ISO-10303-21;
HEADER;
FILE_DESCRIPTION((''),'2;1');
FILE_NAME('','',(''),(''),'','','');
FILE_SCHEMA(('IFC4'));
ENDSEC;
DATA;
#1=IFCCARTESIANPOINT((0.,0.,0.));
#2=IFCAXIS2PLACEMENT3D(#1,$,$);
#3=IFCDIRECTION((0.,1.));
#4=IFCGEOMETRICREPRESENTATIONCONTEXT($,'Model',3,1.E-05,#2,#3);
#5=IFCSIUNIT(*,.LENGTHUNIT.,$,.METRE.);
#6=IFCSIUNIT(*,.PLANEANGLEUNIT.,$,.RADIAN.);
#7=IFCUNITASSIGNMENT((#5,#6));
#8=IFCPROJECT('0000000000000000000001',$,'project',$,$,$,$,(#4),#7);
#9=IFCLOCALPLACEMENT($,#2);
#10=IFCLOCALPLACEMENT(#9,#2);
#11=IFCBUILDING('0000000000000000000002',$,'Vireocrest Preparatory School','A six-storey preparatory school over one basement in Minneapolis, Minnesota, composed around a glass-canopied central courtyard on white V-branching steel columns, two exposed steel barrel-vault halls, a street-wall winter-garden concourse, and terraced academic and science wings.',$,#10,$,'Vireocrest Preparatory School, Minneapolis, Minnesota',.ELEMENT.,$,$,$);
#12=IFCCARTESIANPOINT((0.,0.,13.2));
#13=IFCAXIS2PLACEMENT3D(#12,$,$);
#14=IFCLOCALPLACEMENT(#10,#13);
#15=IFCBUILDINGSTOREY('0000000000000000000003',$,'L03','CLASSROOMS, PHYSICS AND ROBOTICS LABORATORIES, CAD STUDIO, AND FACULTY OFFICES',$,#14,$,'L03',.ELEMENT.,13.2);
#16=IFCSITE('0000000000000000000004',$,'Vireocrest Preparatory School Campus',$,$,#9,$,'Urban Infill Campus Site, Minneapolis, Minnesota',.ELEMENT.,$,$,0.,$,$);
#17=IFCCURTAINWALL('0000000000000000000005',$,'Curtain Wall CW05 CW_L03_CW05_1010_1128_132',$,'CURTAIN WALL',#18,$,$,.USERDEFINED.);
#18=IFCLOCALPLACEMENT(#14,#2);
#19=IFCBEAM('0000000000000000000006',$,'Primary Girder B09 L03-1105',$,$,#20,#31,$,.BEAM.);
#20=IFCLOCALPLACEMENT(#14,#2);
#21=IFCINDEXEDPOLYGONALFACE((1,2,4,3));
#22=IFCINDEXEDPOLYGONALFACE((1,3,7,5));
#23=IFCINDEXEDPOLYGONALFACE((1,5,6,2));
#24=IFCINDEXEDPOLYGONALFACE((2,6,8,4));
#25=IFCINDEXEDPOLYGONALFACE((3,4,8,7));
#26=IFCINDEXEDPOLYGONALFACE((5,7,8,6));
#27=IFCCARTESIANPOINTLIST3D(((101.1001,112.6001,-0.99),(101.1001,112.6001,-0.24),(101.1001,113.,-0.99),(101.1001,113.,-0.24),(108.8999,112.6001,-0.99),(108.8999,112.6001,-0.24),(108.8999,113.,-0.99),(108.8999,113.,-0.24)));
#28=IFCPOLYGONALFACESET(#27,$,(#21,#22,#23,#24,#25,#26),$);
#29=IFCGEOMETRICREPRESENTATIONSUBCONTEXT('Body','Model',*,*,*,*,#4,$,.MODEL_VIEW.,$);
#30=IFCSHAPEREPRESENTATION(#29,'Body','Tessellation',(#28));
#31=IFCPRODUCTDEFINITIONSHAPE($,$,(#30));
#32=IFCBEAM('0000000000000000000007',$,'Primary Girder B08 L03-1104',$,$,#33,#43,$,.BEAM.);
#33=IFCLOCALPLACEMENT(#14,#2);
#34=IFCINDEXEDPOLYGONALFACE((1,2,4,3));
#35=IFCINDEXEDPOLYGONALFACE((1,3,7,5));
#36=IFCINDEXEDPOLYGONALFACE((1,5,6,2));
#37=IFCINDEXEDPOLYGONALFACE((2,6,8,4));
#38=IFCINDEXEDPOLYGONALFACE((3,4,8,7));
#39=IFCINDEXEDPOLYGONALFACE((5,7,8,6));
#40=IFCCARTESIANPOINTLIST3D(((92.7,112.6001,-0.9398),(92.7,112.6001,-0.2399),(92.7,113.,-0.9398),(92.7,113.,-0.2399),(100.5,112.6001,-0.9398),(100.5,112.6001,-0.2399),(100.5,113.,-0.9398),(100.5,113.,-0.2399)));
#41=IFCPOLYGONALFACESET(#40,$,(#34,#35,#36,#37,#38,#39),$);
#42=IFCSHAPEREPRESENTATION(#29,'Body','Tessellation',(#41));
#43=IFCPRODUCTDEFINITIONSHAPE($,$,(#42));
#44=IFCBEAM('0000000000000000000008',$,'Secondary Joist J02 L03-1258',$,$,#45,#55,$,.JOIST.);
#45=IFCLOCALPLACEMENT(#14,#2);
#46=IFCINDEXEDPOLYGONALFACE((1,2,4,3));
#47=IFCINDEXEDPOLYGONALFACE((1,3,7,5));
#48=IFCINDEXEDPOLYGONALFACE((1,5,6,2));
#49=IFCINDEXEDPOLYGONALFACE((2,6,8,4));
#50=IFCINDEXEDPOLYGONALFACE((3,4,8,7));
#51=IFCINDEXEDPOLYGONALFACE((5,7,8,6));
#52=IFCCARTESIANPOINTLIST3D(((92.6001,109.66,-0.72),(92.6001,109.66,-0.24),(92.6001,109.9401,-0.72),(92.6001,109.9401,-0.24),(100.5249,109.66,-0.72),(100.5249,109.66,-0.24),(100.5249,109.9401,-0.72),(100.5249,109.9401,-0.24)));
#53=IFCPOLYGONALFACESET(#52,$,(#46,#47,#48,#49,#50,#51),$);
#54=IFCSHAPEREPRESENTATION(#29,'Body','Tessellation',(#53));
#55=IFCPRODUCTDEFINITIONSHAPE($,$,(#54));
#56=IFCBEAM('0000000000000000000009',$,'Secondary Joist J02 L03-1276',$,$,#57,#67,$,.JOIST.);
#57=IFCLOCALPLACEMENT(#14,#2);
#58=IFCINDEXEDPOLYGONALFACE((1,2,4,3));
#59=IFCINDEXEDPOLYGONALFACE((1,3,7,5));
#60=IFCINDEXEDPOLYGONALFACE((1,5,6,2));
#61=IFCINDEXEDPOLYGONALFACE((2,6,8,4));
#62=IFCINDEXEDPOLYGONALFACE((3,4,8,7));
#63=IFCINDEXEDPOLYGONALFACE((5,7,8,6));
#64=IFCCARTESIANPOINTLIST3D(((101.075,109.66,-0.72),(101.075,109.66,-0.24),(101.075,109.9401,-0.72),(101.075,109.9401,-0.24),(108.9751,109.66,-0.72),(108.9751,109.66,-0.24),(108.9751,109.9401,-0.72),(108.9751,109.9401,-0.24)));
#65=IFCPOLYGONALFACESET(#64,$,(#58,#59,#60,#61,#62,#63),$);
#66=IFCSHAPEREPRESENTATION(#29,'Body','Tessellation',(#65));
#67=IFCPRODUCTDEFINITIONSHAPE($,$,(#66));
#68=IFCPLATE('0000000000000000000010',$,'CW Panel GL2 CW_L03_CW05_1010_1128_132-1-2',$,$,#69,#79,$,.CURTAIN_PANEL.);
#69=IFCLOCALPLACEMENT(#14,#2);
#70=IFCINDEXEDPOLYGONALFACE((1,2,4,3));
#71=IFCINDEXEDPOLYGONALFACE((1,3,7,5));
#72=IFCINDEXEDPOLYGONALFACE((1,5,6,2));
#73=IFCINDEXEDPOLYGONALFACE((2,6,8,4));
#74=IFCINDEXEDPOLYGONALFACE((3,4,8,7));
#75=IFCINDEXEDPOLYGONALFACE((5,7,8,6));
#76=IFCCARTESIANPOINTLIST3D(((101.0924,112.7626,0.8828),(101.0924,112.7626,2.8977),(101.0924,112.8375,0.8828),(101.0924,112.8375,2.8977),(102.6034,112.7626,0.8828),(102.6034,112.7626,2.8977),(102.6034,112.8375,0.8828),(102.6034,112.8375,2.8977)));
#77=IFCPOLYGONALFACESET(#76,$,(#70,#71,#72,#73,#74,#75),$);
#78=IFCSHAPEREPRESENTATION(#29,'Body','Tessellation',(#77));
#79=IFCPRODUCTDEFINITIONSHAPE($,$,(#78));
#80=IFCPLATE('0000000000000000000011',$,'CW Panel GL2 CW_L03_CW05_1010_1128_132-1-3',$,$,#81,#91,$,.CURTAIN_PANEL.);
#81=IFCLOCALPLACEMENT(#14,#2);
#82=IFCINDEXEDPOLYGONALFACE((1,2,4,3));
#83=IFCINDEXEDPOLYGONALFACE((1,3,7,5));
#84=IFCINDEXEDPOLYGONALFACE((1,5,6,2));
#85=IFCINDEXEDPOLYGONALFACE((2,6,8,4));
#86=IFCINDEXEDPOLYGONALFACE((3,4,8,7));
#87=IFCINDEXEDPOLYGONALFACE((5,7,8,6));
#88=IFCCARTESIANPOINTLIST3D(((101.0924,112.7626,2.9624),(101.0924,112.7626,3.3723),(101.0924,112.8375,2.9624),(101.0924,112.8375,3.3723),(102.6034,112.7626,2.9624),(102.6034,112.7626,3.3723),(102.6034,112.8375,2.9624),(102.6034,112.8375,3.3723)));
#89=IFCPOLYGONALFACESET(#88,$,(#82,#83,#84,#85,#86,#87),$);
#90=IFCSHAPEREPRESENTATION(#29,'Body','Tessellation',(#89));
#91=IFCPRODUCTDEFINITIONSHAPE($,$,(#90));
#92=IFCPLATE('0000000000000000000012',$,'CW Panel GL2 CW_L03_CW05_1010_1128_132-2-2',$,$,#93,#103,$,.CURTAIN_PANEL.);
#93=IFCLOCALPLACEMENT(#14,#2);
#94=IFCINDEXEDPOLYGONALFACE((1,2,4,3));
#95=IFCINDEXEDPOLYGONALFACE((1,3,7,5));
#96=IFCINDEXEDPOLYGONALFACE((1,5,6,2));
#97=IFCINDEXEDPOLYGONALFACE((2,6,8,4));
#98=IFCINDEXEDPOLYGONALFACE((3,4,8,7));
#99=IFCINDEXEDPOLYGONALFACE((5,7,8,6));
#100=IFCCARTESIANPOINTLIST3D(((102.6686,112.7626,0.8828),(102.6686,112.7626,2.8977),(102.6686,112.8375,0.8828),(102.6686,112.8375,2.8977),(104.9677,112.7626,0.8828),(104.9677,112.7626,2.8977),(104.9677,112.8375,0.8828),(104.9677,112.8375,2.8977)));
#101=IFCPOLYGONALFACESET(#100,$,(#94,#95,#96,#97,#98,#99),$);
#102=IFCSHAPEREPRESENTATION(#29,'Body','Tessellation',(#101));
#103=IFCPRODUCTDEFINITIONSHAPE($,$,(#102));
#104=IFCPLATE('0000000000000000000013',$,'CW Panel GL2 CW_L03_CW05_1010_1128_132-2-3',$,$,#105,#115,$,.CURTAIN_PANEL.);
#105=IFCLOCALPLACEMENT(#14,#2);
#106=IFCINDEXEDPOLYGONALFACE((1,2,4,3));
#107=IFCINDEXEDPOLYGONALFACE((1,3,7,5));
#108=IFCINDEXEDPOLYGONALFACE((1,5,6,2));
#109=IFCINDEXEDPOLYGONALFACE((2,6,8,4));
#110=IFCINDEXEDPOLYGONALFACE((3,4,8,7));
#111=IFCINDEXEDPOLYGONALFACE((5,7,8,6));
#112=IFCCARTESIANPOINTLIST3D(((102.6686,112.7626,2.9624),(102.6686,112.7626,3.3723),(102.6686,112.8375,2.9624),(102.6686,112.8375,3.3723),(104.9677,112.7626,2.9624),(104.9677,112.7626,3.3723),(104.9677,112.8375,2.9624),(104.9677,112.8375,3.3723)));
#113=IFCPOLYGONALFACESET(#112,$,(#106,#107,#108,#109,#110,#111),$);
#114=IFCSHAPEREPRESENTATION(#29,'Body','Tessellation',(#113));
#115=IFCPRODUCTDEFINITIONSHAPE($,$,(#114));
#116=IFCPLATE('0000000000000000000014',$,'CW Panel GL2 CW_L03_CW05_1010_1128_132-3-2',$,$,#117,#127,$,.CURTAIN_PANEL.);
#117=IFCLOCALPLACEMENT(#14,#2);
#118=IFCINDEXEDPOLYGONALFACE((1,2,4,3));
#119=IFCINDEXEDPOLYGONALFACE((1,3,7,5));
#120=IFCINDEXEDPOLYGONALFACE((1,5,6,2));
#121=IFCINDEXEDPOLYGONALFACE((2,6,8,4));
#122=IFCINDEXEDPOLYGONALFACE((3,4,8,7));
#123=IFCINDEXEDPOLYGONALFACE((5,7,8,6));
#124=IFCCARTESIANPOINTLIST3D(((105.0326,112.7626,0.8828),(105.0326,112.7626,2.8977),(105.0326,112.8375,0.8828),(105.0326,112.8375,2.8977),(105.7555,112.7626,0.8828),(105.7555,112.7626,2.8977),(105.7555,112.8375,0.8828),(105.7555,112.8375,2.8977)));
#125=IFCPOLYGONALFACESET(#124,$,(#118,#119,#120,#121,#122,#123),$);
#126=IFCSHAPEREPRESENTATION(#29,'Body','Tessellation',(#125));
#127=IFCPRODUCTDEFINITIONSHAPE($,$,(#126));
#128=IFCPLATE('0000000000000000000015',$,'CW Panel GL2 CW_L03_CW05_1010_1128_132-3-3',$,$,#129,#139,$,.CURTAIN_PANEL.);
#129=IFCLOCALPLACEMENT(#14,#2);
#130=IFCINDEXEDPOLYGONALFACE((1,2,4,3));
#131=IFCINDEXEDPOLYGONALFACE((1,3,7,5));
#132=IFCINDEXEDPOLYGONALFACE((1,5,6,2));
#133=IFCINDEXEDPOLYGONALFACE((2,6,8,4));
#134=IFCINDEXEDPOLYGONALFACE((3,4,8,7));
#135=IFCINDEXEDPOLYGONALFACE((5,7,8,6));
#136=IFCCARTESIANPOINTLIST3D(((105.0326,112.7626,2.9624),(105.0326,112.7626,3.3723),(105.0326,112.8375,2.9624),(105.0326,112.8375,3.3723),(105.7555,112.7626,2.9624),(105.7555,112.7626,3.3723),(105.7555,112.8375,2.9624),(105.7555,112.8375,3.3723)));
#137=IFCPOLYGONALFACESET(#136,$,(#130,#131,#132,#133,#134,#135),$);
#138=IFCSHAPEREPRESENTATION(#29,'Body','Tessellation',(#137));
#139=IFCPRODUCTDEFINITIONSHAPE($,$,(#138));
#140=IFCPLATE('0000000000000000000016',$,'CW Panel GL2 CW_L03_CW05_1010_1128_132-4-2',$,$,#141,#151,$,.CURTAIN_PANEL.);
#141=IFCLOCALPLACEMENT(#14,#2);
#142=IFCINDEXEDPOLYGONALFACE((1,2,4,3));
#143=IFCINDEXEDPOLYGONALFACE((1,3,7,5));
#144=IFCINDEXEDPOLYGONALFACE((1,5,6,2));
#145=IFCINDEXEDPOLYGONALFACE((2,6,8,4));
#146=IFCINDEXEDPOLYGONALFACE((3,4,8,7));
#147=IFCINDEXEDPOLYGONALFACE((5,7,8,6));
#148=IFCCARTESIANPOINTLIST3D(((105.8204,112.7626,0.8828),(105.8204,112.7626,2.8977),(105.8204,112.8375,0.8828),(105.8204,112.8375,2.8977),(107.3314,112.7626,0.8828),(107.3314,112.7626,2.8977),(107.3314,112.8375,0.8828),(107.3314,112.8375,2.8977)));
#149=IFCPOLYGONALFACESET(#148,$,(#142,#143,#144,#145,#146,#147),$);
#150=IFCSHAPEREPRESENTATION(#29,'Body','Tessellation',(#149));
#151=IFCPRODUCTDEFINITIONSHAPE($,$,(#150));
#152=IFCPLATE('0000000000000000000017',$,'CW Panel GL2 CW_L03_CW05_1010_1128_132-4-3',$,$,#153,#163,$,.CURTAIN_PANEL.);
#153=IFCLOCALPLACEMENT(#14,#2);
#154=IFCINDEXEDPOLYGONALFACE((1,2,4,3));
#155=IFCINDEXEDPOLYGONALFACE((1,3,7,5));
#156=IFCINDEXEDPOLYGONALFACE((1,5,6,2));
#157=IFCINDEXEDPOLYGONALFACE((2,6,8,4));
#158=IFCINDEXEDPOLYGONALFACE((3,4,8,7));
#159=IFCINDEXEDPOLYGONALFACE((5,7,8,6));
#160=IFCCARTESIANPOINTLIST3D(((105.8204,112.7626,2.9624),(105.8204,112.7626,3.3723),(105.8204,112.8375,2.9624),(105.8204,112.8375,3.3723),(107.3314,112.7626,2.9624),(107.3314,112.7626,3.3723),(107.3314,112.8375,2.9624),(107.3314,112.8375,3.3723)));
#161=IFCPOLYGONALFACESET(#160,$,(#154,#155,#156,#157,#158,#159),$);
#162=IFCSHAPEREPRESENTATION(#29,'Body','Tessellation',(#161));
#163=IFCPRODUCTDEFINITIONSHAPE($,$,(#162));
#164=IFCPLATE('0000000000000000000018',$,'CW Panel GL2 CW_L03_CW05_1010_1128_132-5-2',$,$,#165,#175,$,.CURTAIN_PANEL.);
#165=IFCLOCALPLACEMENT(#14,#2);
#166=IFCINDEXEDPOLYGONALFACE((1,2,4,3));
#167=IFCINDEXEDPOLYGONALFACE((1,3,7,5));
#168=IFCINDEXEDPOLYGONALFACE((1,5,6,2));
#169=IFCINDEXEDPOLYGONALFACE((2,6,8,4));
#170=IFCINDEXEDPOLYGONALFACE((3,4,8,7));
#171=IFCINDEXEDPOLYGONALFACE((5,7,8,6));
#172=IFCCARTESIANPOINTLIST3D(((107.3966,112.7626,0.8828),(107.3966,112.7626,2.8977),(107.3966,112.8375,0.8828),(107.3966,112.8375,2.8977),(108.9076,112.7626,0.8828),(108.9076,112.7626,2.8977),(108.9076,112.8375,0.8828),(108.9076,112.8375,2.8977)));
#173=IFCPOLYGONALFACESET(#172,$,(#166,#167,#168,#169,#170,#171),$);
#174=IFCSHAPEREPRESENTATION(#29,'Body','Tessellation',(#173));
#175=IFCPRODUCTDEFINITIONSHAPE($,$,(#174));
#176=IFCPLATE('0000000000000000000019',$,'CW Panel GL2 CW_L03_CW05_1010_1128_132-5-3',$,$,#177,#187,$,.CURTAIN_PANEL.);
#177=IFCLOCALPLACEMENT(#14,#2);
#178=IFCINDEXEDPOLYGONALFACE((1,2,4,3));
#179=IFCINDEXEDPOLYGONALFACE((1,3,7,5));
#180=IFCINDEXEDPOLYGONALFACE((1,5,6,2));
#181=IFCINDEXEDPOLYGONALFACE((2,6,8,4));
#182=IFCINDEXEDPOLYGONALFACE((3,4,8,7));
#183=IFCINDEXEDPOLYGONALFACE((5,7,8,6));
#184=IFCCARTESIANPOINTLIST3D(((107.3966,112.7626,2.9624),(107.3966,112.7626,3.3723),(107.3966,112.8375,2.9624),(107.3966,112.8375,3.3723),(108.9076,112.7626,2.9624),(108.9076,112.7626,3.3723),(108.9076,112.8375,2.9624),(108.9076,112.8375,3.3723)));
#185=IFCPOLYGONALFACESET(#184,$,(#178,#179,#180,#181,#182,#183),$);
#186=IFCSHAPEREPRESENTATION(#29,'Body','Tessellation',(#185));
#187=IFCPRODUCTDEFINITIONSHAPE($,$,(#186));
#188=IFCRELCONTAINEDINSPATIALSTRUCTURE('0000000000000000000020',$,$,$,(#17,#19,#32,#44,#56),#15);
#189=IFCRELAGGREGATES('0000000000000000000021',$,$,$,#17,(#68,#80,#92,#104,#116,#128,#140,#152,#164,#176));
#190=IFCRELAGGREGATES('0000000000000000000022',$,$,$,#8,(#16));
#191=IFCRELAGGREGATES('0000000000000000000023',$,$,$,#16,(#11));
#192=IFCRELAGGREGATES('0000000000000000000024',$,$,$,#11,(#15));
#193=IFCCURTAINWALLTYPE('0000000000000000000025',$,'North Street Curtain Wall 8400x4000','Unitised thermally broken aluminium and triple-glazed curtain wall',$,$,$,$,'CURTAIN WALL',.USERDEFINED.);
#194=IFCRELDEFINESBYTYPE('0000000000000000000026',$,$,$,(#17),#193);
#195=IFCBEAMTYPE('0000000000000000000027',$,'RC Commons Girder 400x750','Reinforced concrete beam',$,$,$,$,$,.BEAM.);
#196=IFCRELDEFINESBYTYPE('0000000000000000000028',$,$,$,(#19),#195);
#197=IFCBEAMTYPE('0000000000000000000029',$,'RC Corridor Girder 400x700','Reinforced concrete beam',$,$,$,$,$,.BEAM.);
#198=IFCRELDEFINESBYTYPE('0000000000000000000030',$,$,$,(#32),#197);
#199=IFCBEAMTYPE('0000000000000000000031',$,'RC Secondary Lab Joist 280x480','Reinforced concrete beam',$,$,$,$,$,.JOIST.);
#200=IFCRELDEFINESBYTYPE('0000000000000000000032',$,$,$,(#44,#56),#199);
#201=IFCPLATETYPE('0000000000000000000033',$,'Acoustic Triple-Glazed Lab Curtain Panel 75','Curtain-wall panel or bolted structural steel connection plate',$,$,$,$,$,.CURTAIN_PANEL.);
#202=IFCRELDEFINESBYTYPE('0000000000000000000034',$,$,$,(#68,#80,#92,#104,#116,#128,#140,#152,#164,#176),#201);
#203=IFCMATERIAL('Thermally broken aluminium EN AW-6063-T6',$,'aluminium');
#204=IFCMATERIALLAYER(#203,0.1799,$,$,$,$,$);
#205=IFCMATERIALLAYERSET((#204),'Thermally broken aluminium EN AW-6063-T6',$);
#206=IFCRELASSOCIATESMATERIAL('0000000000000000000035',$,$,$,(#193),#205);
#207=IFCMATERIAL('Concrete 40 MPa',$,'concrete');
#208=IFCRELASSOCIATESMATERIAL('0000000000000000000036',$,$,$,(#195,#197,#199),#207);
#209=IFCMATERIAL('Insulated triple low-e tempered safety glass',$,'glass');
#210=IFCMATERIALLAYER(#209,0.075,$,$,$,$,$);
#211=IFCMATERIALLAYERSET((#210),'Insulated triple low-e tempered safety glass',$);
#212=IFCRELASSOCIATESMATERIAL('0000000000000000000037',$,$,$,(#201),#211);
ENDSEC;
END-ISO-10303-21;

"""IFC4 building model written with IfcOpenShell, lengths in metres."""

from ifc_helpers import new_model, si_unit, direction, frame, origin, origin_2d, place, context, subcontext, project, spatial, rectangle, extrude, material, layer, layer_set, material_profile, profile_set, type_object, element, aggregate, save


model = new_model("IFC4")

# Units and contexts
model_context = context("Model", 3, precision=1e-05, world=origin(), true_north=direction((0.0, 1.0)))
body_context = subcontext(model_context, "Body", "Model", "MODEL_VIEW")
ifc_project = project(units=[si_unit("LENGTHUNIT", "METRE"), si_unit("PLANEANGLEUNIT", "RADIAN")], contexts=[model_context])

# Site, building, storey
site_placement = place(None, origin())
site = spatial("IfcSite", under=ifc_project, at=site_placement, Name="Vireocrest Preparatory School Campus", LongName="Urban Infill Campus Site, Minneapolis, Minnesota", CompositionType="ELEMENT", RefElevation=0.0)
building_placement = place(site_placement, origin())
building = spatial("IfcBuilding", under=site, at=building_placement, Name="Vireocrest Preparatory School", Description="A six-storey preparatory school over one basement in Minneapolis, Minnesota, composed around a glass-canopied central courtyard on white V-branching steel columns, two exposed steel barrel-vault halls, a street-wall winter-garden concourse, and terraced academic and science wings.", LongName="Vireocrest Preparatory School, Minneapolis, Minnesota", CompositionType="ELEMENT")
storey_placement = place(building_placement, frame((0.0, 0.0, 13.2)))
storey = spatial("IfcBuildingStorey", under=building, at=storey_placement, Name="L03", Description="CLASSROOMS, PHYSICS AND ROBOTICS LABORATORIES, CAD STUDIO, AND FACULTY OFFICES", LongName="L03", CompositionType="ELEMENT", Elevation=13.2)

# Curtain wall
ifc_material_1 = material(Name="Thermally broken aluminium EN AW-6063-T6", Category="aluminium")
ifc_layer_1 = layer(ifc_material_1, 0.1799)
ifc_layer_set_1 = layer_set([ifc_layer_1], Name="Thermally broken aluminium EN AW-6063-T6")
curtain_wall_type = type_object("IfcCurtainWallType", Name="North Street Curtain Wall 8400x4000", Description="Unitised thermally broken aluminium and triple-glazed curtain wall", ElementType="CURTAIN WALL", PredefinedType="USERDEFINED", material=ifc_layer_set_1)
curtain_wall_placement = place(storey_placement, origin())
curtain_wall = element("IfcCurtainWall", 1, at=curtain_wall_placement, inside=storey, type_object=curtain_wall_type, Name="Curtain Wall CW05 CW_L03_CW05_1010_1128_132", ObjectType="CURTAIN WALL", PredefinedType="USERDEFINED")

# Beams
ifc_material_2 = material(Name="Concrete 40 MPa", Category="concrete")
ifc_material_profile_1 = material_profile(ifc_material_2, rectangle(XDim=0.3999, YDim=0.75, at=origin_2d()), Name="RC 400x750")
ifc_profile_set_1 = profile_set([ifc_material_profile_1], Name="Concrete 40 MPa")
beam_type_1 = type_object("IfcBeamType", Name="RC Commons Girder 400x750", Description="Reinforced concrete beam", PredefinedType="BEAM", material=ifc_profile_set_1)
beam_1_placement = place(storey_placement, frame((101.1001, 112.8, -0.615), z_axis=(1.0, 0.0, 0.0), x_axis=(0.0, 1.0, 0.0)))
element("IfcBeam", 2, at=beam_1_placement, inside=storey, type_object=beam_type_1, Name="Primary Girder B09 L03-1105", PredefinedType="BEAM", context=body_context, shape_type="SweptSolid", body=[
    extrude(rectangle(XDim=0.3999, YDim=0.75, at=origin_2d()), origin(), (0.0, 0.0, 1.0), 7.7998),
])
ifc_material_profile_2 = material_profile(ifc_material_2, rectangle(XDim=0.3999, YDim=0.7, at=origin_2d()), Name="RC 400x700")
ifc_profile_set_2 = profile_set([ifc_material_profile_2], Name="Concrete 40 MPa")
beam_type_2 = type_object("IfcBeamType", Name="RC Corridor Girder 400x700", Description="Reinforced concrete beam", PredefinedType="BEAM", material=ifc_profile_set_2)
beam_2_placement = place(storey_placement, frame((92.7, 112.8, -0.5898), z_axis=(1.0, 0.0, 0.0), x_axis=(0.0, 1.0, 0.0)))
element("IfcBeam", 3, at=beam_2_placement, inside=storey, type_object=beam_type_2, Name="Primary Girder B08 L03-1104", PredefinedType="BEAM", context=body_context, shape_type="SweptSolid", body=[
    extrude(rectangle(XDim=0.3999, YDim=0.7, at=origin_2d()), origin(), (0.0, 0.0, 1.0), 7.8),
])
ifc_material_profile_3 = material_profile(ifc_material_2, rectangle(XDim=0.28, YDim=0.48, at=origin_2d()), Name="RC 280x480")
ifc_profile_set_3 = profile_set([ifc_material_profile_3], Name="Concrete 40 MPa")
beam_type_3 = type_object("IfcBeamType", Name="RC Secondary Lab Joist 280x480", Description="Reinforced concrete beam", PredefinedType="JOIST", material=ifc_profile_set_3)
beam_3_placement = place(storey_placement, frame((92.6001, 109.8, -0.48), z_axis=(1.0, 0.0, 0.0), x_axis=(0.0, 1.0, 0.0)))
element("IfcBeam", 4, at=beam_3_placement, inside=storey, type_object=beam_type_3, Name="Secondary Joist J02 L03-1258", PredefinedType="JOIST", context=body_context, shape_type="SweptSolid", body=[
    extrude(rectangle(XDim=0.28, YDim=0.48, at=origin_2d()), origin(), (0.0, 0.0, 1.0), 7.9248),
])
beam_4_placement = place(storey_placement, frame((101.075, 109.8, -0.48), z_axis=(1.0, 0.0, 0.0), x_axis=(0.0, 1.0, 0.0)))
element("IfcBeam", 5, at=beam_4_placement, inside=storey, type_object=beam_type_3, Name="Secondary Joist J02 L03-1276", PredefinedType="JOIST", context=body_context, shape_type="SweptSolid", body=[
    extrude(rectangle(XDim=0.28, YDim=0.48, at=origin_2d()), origin(), (0.0, 0.0, 1.0), 7.9001),
])

# Plates
ifc_material_3 = material(Name="Insulated triple low-e tempered safety glass", Category="glass")
ifc_layer_2 = layer(ifc_material_3, 0.075)
ifc_layer_set_2 = layer_set([ifc_layer_2], Name="Insulated triple low-e tempered safety glass")
plate_type_1 = type_object("IfcPlateType", Name="Acoustic Triple-Glazed Lab Curtain Panel 75", Description="Curtain-wall panel or bolted structural steel connection plate", PredefinedType="CURTAIN_PANEL", material=ifc_layer_set_2)
plate_1_placement = place(storey_placement, frame((101.8479, 112.8, 0.8828), z_axis=(0.0, 0.0, 1.0), x_axis=(1.0, 0.0, 0.0)))
plate_1 = element("IfcPlate", 6, at=plate_1_placement, type_object=plate_type_1, Name="CW Panel GL2 CW_L03_CW05_1010_1128_132-1-2", PredefinedType="CURTAIN_PANEL", context=body_context, shape_type="SweptSolid", body=[
    extrude(rectangle(XDim=1.511, YDim=0.075, at=origin_2d()), origin(), (0.0, 0.0, 1.0), 2.0149),
])
plate_2_placement = place(storey_placement, frame((101.8479, 112.8, 2.9624), z_axis=(0.0, 0.0, 1.0), x_axis=(1.0, 0.0, 0.0)))
plate_2 = element("IfcPlate", 7, at=plate_2_placement, type_object=plate_type_1, Name="CW Panel GL2 CW_L03_CW05_1010_1128_132-1-3", PredefinedType="CURTAIN_PANEL", context=body_context, shape_type="SweptSolid", body=[
    extrude(rectangle(XDim=1.511, YDim=0.075, at=origin_2d()), origin(), (0.0, 0.0, 1.0), 0.4099),
])
plate_3_placement = place(storey_placement, frame((103.8181, 112.8, 0.8828), z_axis=(0.0, 0.0, 1.0), x_axis=(1.0, 0.0, 0.0)))
plate_3 = element("IfcPlate", 8, at=plate_3_placement, type_object=plate_type_1, Name="CW Panel GL2 CW_L03_CW05_1010_1128_132-2-2", PredefinedType="CURTAIN_PANEL", context=body_context, shape_type="SweptSolid", body=[
    extrude(rectangle(XDim=2.2991, YDim=0.075, at=origin_2d()), origin(), (0.0, 0.0, 1.0), 2.0149),
])
plate_4_placement = place(storey_placement, frame((103.8181, 112.8, 2.9624), z_axis=(0.0, 0.0, 1.0), x_axis=(1.0, 0.0, 0.0)))
plate_4 = element("IfcPlate", 9, at=plate_4_placement, type_object=plate_type_1, Name="CW Panel GL2 CW_L03_CW05_1010_1128_132-2-3", PredefinedType="CURTAIN_PANEL", context=body_context, shape_type="SweptSolid", body=[
    extrude(rectangle(XDim=2.2991, YDim=0.075, at=origin_2d()), origin(), (0.0, 0.0, 1.0), 0.4099),
])
plate_5_placement = place(storey_placement, frame((105.394, 112.8, 0.8828), z_axis=(0.0, 0.0, 1.0), x_axis=(1.0, 0.0, 0.0)))
plate_5 = element("IfcPlate", 10, at=plate_5_placement, type_object=plate_type_1, Name="CW Panel GL2 CW_L03_CW05_1010_1128_132-3-2", PredefinedType="CURTAIN_PANEL", context=body_context, shape_type="SweptSolid", body=[
    extrude(rectangle(XDim=0.7229, YDim=0.075, at=origin_2d()), origin(), (0.0, 0.0, 1.0), 2.0149),
])
plate_6_placement = place(storey_placement, frame((105.394, 112.8, 2.9624), z_axis=(0.0, 0.0, 1.0), x_axis=(1.0, 0.0, 0.0)))
plate_6 = element("IfcPlate", 11, at=plate_6_placement, type_object=plate_type_1, Name="CW Panel GL2 CW_L03_CW05_1010_1128_132-3-3", PredefinedType="CURTAIN_PANEL", context=body_context, shape_type="SweptSolid", body=[
    extrude(rectangle(XDim=0.7229, YDim=0.075, at=origin_2d()), origin(), (0.0, 0.0, 1.0), 0.4099),
])
plate_7_placement = place(storey_placement, frame((106.5759, 112.8, 0.8828), z_axis=(0.0, 0.0, 1.0), x_axis=(1.0, 0.0, 0.0)))
plate_7 = element("IfcPlate", 12, at=plate_7_placement, type_object=plate_type_1, Name="CW Panel GL2 CW_L03_CW05_1010_1128_132-4-2", PredefinedType="CURTAIN_PANEL", context=body_context, shape_type="SweptSolid", body=[
    extrude(rectangle(XDim=1.511, YDim=0.075, at=origin_2d()), origin(), (0.0, 0.0, 1.0), 2.0149),
])
plate_8_placement = place(storey_placement, frame((106.5759, 112.8, 2.9624), z_axis=(0.0, 0.0, 1.0), x_axis=(1.0, 0.0, 0.0)))
plate_8 = element("IfcPlate", 13, at=plate_8_placement, type_object=plate_type_1, Name="CW Panel GL2 CW_L03_CW05_1010_1128_132-4-3", PredefinedType="CURTAIN_PANEL", context=body_context, shape_type="SweptSolid", body=[
    extrude(rectangle(XDim=1.511, YDim=0.075, at=origin_2d()), origin(), (0.0, 0.0, 1.0), 0.4099),
])
plate_9_placement = place(storey_placement, frame((108.1521, 112.8, 0.8828), z_axis=(0.0, 0.0, 1.0), x_axis=(1.0, 0.0, 0.0)))
plate_9 = element("IfcPlate", 14, at=plate_9_placement, type_object=plate_type_1, Name="CW Panel GL2 CW_L03_CW05_1010_1128_132-5-2", PredefinedType="CURTAIN_PANEL", context=body_context, shape_type="SweptSolid", body=[
    extrude(rectangle(XDim=1.511, YDim=0.075, at=origin_2d()), origin(), (0.0, 0.0, 1.0), 2.0149),
])
plate_10_placement = place(storey_placement, frame((108.1521, 112.8, 2.9624), z_axis=(0.0, 0.0, 1.0), x_axis=(1.0, 0.0, 0.0)))
plate_10 = element("IfcPlate", 15, at=plate_10_placement, type_object=plate_type_1, Name="CW Panel GL2 CW_L03_CW05_1010_1128_132-5-3", PredefinedType="CURTAIN_PANEL", context=body_context, shape_type="SweptSolid", body=[
    extrude(rectangle(XDim=1.511, YDim=0.075, at=origin_2d()), origin(), (0.0, 0.0, 1.0), 0.4099),
])
aggregate(curtain_wall, [plate_1, plate_2, plate_3, plate_4, plate_5, plate_6, plate_7, plate_8, plate_9, plate_10])

save(model, "model.ifc")
